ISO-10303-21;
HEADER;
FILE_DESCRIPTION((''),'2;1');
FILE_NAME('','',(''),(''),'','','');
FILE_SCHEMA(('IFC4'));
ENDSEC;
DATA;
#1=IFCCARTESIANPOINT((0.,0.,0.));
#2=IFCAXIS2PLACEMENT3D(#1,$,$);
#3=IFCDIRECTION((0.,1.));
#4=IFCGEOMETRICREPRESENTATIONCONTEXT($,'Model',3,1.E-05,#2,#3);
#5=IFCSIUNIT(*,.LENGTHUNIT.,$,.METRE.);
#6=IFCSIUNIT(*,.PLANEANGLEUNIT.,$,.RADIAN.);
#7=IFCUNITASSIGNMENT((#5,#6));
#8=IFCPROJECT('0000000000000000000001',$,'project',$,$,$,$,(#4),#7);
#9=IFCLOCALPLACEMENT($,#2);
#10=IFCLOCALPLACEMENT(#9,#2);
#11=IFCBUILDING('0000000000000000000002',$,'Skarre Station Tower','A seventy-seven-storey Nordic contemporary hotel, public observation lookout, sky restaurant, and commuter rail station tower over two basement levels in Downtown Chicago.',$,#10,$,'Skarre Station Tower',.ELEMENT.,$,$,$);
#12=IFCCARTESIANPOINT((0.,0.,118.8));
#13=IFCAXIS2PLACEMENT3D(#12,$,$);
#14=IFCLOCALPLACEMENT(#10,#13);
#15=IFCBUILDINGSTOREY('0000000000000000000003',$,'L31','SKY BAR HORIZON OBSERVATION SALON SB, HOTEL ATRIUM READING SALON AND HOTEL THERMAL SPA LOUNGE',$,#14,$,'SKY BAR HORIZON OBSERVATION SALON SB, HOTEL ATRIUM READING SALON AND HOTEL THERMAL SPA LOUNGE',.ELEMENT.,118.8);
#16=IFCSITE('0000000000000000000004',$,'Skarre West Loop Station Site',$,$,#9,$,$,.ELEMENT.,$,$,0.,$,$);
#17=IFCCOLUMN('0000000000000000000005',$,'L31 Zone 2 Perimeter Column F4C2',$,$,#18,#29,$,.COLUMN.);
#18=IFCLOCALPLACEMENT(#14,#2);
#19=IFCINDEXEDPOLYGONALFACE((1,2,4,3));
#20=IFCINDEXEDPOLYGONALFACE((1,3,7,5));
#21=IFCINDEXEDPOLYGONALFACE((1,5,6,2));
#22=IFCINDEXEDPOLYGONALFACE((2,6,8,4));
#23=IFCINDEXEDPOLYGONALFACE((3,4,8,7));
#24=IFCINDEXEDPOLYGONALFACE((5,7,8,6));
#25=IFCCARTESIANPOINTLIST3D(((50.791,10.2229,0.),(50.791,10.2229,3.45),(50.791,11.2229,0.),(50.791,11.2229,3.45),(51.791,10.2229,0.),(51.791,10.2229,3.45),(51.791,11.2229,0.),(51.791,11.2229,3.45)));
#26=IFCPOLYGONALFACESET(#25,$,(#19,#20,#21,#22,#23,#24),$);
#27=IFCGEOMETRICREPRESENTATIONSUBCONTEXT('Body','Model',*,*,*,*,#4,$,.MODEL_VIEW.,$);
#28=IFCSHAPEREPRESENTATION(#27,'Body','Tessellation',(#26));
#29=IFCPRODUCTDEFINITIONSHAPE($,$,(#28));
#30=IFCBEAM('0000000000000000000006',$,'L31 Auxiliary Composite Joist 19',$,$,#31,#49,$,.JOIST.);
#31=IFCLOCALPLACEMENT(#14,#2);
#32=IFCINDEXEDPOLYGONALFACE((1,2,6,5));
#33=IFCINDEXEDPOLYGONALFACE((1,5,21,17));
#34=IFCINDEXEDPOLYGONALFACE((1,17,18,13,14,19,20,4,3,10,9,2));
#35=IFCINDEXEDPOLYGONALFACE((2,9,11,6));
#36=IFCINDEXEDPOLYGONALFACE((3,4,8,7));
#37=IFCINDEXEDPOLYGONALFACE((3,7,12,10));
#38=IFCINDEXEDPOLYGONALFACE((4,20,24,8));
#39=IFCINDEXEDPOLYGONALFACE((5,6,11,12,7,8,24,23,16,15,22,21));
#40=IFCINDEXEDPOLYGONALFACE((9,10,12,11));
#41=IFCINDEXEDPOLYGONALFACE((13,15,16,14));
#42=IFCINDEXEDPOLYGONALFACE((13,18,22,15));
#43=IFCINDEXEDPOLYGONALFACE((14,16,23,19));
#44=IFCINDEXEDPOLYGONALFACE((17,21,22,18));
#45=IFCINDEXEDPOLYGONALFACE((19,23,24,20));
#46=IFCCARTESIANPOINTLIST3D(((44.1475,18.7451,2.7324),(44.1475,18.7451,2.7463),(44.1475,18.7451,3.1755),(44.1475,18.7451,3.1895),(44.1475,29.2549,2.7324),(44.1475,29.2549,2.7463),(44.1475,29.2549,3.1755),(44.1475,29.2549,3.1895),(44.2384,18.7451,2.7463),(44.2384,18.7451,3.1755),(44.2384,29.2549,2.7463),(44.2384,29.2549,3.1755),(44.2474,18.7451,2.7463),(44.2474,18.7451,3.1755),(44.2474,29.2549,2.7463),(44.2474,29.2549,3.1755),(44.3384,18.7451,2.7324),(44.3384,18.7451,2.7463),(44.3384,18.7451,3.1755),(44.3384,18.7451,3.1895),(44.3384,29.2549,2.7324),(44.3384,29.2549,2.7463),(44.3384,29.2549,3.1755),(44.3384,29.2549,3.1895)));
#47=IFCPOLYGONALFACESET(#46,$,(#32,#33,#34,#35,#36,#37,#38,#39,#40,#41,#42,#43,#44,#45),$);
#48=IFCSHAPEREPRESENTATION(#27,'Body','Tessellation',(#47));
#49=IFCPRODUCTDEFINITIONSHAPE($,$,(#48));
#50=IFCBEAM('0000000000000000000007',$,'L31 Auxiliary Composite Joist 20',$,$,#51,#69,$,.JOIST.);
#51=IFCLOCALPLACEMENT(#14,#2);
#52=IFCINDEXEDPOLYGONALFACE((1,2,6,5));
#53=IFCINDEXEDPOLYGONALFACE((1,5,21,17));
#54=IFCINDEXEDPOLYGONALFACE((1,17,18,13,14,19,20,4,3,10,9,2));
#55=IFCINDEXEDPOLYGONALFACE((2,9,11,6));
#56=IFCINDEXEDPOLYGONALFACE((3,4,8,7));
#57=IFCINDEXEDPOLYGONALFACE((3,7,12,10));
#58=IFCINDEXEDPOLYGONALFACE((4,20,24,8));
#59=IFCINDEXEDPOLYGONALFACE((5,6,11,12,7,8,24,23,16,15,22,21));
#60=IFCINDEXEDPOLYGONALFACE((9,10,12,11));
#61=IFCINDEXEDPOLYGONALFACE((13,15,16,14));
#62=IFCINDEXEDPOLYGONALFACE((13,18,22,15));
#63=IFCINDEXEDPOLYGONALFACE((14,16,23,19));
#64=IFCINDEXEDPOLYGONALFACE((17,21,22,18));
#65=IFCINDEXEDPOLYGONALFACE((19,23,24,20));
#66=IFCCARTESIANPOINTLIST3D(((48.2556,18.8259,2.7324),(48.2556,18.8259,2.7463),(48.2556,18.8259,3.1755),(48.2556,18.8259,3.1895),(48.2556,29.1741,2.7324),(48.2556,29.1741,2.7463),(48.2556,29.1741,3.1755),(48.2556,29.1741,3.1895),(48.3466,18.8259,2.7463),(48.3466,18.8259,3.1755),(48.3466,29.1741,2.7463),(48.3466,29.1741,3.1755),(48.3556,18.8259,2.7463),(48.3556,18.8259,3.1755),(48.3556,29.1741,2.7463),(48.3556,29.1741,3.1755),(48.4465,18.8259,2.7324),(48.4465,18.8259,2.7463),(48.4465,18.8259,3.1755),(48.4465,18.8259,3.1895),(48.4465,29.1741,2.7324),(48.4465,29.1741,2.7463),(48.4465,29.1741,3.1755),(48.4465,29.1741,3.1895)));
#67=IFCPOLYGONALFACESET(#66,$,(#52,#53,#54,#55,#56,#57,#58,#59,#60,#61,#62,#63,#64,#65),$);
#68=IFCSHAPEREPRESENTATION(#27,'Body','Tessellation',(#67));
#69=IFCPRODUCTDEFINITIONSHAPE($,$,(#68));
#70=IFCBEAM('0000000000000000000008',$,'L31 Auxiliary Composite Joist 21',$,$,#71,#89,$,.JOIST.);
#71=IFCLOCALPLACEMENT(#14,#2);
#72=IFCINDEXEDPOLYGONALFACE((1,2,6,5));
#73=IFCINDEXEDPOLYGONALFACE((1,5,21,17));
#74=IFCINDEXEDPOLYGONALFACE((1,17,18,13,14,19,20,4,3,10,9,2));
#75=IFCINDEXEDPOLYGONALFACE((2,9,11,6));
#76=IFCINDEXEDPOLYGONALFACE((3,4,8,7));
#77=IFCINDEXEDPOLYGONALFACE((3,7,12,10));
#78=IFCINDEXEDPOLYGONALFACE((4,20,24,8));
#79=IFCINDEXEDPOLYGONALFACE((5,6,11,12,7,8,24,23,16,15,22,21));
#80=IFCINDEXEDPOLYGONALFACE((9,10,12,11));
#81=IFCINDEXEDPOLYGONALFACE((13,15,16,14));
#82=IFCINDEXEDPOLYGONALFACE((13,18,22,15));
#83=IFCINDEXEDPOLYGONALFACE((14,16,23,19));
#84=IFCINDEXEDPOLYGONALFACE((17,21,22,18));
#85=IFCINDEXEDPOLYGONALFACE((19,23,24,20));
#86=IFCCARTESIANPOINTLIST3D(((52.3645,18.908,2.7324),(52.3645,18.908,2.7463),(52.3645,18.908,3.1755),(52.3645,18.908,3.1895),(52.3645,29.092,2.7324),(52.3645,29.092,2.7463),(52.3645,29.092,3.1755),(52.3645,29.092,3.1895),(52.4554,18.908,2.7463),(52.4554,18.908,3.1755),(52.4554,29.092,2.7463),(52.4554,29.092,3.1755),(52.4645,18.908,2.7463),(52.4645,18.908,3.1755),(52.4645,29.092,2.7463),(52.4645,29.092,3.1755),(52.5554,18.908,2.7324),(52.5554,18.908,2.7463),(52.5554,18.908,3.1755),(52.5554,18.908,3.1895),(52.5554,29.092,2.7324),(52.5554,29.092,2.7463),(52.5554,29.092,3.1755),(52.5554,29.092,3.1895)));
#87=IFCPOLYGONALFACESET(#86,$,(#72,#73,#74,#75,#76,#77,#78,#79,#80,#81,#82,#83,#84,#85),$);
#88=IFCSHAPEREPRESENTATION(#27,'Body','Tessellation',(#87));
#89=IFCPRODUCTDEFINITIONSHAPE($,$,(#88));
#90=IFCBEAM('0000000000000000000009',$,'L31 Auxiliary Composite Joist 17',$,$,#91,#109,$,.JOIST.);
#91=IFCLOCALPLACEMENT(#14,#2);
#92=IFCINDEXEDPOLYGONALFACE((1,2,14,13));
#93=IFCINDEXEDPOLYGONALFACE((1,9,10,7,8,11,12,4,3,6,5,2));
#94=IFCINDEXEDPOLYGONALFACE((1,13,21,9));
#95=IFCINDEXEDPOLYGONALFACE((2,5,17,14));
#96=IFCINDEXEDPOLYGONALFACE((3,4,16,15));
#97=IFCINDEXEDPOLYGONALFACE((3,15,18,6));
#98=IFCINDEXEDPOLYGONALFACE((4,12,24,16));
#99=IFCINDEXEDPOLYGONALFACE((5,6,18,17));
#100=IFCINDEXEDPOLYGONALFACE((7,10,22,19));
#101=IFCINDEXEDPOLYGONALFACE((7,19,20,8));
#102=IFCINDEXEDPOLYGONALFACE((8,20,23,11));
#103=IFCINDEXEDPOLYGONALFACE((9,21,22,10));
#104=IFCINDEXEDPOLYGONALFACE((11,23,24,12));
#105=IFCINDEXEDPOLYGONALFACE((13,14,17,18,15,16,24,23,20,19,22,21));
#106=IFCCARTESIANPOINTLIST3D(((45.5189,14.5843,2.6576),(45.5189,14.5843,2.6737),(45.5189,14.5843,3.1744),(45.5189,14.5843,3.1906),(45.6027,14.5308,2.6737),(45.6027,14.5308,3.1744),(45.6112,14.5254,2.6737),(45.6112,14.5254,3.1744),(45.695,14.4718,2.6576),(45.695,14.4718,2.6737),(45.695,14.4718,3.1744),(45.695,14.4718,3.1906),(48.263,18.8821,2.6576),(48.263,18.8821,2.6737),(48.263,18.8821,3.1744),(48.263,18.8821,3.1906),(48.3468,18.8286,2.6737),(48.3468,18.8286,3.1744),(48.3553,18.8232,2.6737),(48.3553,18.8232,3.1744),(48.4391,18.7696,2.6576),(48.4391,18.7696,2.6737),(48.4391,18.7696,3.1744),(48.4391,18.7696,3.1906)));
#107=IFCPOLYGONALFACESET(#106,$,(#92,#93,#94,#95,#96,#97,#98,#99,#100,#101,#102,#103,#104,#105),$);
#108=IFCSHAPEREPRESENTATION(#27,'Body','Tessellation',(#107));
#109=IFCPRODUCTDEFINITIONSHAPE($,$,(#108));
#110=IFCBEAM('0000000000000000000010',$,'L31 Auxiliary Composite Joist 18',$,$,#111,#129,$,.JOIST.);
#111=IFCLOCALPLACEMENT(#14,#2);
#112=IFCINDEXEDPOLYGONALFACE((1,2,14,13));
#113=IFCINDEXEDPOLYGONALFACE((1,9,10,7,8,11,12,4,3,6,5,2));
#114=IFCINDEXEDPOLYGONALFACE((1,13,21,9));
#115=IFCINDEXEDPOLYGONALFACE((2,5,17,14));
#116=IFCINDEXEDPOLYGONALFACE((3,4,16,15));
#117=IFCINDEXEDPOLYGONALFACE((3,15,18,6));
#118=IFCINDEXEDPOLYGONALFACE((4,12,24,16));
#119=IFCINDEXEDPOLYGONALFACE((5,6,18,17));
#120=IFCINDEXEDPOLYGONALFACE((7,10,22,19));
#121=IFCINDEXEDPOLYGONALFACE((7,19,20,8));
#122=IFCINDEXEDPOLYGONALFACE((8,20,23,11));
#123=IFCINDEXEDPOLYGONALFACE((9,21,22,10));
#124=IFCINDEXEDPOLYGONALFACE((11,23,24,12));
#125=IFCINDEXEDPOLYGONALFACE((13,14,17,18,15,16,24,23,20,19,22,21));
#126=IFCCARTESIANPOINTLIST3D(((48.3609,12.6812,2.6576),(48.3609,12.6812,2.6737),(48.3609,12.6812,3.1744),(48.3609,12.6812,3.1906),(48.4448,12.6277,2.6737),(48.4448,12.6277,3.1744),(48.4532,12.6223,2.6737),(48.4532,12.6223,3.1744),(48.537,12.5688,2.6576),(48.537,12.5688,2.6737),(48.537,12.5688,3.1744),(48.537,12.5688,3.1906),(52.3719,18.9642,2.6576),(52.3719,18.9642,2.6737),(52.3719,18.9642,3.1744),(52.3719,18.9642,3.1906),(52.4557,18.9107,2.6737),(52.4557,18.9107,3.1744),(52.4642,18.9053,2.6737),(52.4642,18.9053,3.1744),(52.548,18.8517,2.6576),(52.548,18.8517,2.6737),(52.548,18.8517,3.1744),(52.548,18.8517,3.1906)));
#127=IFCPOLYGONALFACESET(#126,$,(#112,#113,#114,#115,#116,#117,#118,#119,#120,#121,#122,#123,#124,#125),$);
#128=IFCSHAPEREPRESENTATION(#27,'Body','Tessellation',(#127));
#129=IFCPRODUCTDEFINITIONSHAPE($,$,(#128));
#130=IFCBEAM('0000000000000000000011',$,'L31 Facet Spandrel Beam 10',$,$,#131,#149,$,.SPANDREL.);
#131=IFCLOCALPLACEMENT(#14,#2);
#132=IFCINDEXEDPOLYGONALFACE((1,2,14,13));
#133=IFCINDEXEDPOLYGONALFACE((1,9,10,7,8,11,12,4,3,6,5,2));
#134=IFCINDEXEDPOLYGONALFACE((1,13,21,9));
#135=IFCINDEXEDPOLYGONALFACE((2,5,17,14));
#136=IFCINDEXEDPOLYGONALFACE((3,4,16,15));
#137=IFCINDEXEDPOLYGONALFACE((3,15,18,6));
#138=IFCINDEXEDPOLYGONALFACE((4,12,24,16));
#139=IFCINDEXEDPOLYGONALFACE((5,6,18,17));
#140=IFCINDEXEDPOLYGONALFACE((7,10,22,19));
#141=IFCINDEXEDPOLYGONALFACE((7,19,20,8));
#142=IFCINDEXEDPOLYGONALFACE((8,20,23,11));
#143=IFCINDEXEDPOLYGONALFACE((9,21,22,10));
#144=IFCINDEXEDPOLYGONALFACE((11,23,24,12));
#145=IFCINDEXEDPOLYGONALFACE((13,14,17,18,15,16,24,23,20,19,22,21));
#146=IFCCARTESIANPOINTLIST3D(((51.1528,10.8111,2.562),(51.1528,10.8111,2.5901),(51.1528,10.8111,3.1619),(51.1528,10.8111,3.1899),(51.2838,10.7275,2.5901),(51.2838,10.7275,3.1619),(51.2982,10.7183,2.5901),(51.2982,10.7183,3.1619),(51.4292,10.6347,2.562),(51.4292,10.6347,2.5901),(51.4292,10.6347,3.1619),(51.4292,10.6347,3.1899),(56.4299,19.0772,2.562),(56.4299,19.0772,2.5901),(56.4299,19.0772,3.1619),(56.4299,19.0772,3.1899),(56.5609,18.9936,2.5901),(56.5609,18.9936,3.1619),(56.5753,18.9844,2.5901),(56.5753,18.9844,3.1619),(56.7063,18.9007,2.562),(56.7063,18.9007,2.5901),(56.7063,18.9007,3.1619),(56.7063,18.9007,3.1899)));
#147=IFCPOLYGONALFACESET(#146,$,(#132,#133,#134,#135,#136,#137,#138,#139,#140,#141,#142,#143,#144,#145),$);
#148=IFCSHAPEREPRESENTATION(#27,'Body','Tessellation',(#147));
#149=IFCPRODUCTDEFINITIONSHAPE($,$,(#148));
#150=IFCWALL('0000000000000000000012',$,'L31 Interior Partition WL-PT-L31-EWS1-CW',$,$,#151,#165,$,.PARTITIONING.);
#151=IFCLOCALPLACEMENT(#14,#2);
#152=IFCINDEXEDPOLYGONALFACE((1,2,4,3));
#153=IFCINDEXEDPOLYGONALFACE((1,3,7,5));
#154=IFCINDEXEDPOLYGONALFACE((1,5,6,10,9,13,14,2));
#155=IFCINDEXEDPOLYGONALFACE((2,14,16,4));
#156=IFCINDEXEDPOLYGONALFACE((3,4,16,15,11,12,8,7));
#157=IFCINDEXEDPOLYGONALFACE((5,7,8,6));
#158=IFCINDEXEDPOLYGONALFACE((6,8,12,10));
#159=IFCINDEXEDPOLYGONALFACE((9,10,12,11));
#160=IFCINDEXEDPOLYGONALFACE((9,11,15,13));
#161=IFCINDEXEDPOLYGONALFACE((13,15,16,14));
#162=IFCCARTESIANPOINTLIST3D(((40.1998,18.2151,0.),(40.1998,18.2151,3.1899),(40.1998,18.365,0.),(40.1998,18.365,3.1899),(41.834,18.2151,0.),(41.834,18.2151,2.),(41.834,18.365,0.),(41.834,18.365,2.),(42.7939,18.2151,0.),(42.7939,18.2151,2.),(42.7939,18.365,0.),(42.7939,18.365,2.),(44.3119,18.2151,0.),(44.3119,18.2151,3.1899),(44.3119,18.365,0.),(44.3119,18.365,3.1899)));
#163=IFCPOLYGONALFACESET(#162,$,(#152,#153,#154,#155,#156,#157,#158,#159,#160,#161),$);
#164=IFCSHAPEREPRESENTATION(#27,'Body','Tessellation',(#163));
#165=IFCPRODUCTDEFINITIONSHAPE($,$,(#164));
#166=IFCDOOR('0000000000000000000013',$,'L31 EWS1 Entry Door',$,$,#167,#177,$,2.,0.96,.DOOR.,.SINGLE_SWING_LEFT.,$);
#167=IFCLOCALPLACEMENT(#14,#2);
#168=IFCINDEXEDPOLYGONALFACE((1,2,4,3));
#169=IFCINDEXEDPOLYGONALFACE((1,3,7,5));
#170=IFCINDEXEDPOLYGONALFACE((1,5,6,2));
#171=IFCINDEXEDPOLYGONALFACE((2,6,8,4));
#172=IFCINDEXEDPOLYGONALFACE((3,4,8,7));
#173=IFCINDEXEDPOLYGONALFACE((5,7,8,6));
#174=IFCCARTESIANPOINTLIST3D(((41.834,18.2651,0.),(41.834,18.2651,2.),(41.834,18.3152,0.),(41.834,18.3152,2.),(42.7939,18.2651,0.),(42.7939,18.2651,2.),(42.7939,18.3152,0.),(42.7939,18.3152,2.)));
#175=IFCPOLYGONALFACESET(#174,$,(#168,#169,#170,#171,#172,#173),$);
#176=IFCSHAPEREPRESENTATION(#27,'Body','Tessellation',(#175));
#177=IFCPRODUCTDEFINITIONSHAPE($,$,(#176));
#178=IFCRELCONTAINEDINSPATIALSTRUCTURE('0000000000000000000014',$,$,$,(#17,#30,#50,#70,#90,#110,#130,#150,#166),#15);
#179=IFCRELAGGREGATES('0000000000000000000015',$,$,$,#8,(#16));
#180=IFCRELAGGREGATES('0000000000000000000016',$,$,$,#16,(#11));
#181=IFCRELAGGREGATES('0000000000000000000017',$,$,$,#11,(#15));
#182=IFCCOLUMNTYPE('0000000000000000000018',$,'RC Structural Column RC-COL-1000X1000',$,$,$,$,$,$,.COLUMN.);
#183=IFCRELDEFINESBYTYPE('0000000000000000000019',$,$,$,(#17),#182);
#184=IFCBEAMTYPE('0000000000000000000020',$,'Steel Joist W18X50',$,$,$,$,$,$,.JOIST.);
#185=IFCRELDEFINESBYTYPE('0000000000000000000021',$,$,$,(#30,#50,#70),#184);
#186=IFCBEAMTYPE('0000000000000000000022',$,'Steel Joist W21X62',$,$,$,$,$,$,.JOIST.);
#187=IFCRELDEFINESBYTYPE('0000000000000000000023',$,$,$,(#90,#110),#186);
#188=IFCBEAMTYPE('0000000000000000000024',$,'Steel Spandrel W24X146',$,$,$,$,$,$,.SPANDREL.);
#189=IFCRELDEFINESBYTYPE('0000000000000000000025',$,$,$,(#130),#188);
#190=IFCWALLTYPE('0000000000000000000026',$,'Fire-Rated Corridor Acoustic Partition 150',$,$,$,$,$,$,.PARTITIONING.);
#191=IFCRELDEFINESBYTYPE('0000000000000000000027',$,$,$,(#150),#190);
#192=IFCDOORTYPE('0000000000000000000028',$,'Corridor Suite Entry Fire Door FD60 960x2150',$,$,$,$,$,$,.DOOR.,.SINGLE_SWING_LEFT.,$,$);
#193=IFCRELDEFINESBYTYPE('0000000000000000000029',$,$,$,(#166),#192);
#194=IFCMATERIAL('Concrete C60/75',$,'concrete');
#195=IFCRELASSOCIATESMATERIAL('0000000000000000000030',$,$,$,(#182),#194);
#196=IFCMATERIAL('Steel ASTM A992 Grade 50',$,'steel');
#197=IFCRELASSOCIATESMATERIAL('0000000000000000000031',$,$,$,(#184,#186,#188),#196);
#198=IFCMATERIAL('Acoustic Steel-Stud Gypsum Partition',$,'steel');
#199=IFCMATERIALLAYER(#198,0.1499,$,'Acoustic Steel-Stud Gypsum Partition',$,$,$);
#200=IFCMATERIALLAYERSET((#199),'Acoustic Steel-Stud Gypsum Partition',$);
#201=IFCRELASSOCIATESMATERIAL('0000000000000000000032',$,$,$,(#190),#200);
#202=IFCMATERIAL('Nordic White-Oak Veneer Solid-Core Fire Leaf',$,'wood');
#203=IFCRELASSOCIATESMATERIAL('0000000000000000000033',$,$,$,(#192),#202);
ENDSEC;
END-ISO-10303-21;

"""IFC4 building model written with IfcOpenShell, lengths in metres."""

from ifc_helpers import new_model, si_unit, direction, frame, frame_2d, origin, origin_2d, place, context, subcontext, project, spatial, rectangle, i_section, extrude, material, layer, layer_set, material_profile, profile_set, type_object, element, fill, save


model = new_model("IFC4")

# Units and contexts
model_context = context("Model", 3, precision=1e-05, world=origin(), true_north=direction((0.0, 1.0)))
body_context = subcontext(model_context, "Body", "Model", "MODEL_VIEW")
ifc_project = project(units=[si_unit("LENGTHUNIT", "METRE"), si_unit("PLANEANGLEUNIT", "RADIAN")], contexts=[model_context])

# Site, building, storey
site_placement = place(None, origin())
site = spatial("IfcSite", under=ifc_project, at=site_placement, Name="Skarre West Loop Station Site", CompositionType="ELEMENT", RefElevation=0.0)
building_placement = place(site_placement, origin())
building = spatial("IfcBuilding", under=site, at=building_placement, Name="Skarre Station Tower", Description="A seventy-seven-storey Nordic contemporary hotel, public observation lookout, sky restaurant, and commuter rail station tower over two basement levels in Downtown Chicago.", LongName="Skarre Station Tower", CompositionType="ELEMENT")
storey_placement = place(building_placement, frame((0.0, 0.0, 118.8)))
storey = spatial("IfcBuildingStorey", under=building, at=storey_placement, Name="L31", Description="SKY BAR HORIZON OBSERVATION SALON SB, HOTEL ATRIUM READING SALON AND HOTEL THERMAL SPA LOUNGE", LongName="SKY BAR HORIZON OBSERVATION SALON SB, HOTEL ATRIUM READING SALON AND HOTEL THERMAL SPA LOUNGE", CompositionType="ELEMENT", Elevation=118.8)

# Column
ifc_material_1 = material(Name="Concrete C60/75", Category="concrete")
ifc_material_profile_1 = material_profile(ifc_material_1, rectangle(XDim=1.0, YDim=1.0, at=origin_2d()), Name="Concrete C60/75")
ifc_profile_set_1 = profile_set([ifc_material_profile_1], Name="Concrete C60/75")
column_type = type_object("IfcColumnType", Name="RC Structural Column RC-COL-1000X1000", PredefinedType="COLUMN", material=ifc_profile_set_1)
column_placement = place(storey_placement, frame((51.291, 10.7229, 0.0), z_axis=(0.0, 0.0, 1.0), x_axis=(1.0, 0.0, 0.0)))
element("IfcColumn", 1, at=column_placement, inside=storey, type_object=column_type, Name="L31 Zone 2 Perimeter Column F4C2", PredefinedType="COLUMN", context=body_context, shape_type="SweptSolid", body=[
    extrude(rectangle(XDim=1.0, YDim=1.0, at=origin_2d()), origin(), (0.0, 0.0, 1.0), 3.45),
])

# Beams
ifc_material_2 = material(Name="Steel ASTM A992 Grade 50", Category="steel")
ifc_material_profile_2 = material_profile(ifc_material_2, i_section(OverallWidth=0.1909, OverallDepth=0.457, WebThickness=0.009, FlangeThickness=0.0139, at=origin_2d()), Name="Steel ASTM A992 Grade 50")
ifc_profile_set_2 = profile_set([ifc_material_profile_2], Name="Steel ASTM A992 Grade 50")
beam_type_1 = type_object("IfcBeamType", Name="Steel Joist W18X50", PredefinedType="JOIST", material=ifc_profile_set_2)
beam_1_placement = place(storey_placement, frame((44.2429, 18.7451, 2.9609), z_axis=(0.0, 1.0, 0.0), x_axis=(-1.0, 0.0, 0.0)))
element("IfcBeam", 2, at=beam_1_placement, inside=storey, type_object=beam_type_1, Name="L31 Auxiliary Composite Joist 19", PredefinedType="JOIST", context=body_context, shape_type="SweptSolid", body=[
    extrude(i_section(OverallWidth=0.1909, OverallDepth=0.457, WebThickness=0.009, FlangeThickness=0.0139, at=origin_2d()), origin(), (0.0, 0.0, 1.0), 10.5098),
])
beam_2_placement = place(storey_placement, frame((48.3511, 18.8259, 2.9609), z_axis=(0.0, 1.0, 0.0), x_axis=(-1.0, 0.0, 0.0)))
element("IfcBeam", 3, at=beam_2_placement, inside=storey, type_object=beam_type_1, Name="L31 Auxiliary Composite Joist 20", PredefinedType="JOIST", context=body_context, shape_type="SweptSolid", body=[
    extrude(i_section(OverallWidth=0.1909, OverallDepth=0.457, WebThickness=0.009, FlangeThickness=0.0139, at=origin_2d()), origin(), (0.0, 0.0, 1.0), 10.3481),
])
beam_3_placement = place(storey_placement, frame((52.46, 18.908, 2.9609), z_axis=(0.0, 1.0, 0.0), x_axis=(-1.0, 0.0, 0.0)))
element("IfcBeam", 4, at=beam_3_placement, inside=storey, type_object=beam_type_1, Name="L31 Auxiliary Composite Joist 21", PredefinedType="JOIST", context=body_context, shape_type="SweptSolid", body=[
    extrude(i_section(OverallWidth=0.1909, OverallDepth=0.457, WebThickness=0.009, FlangeThickness=0.0139, at=origin_2d()), origin(), (0.0, 0.0, 1.0), 10.1841),
])
ifc_material_profile_3 = material_profile(ifc_material_2, i_section(OverallWidth=0.209, OverallDepth=0.533, WebThickness=0.01, FlangeThickness=0.0161, at=origin_2d()), Name="Steel ASTM A992 Grade 50")
ifc_profile_set_3 = profile_set([ifc_material_profile_3], Name="Steel ASTM A992 Grade 50")
beam_type_2 = type_object("IfcBeamType", Name="Steel Joist W21X62", PredefinedType="JOIST", material=ifc_profile_set_3)
beam_4_placement = place(storey_placement, frame((45.6069, 14.5281, 2.9241), z_axis=(0.538151, 0.842848, 0.0), x_axis=(-0.842848, 0.538151, 0.0)))
element("IfcBeam", 5, at=beam_4_placement, inside=storey, type_object=beam_type_2, Name="L31 Auxiliary Composite Joist 17", PredefinedType="JOIST", context=body_context, shape_type="SweptSolid", body=[
    extrude(i_section(OverallWidth=0.209, OverallDepth=0.533, WebThickness=0.01, FlangeThickness=0.0161, at=origin_2d()), origin(), (0.0, 0.0, 1.0), 5.0991),
])
beam_5_placement = place(storey_placement, frame((48.449, 12.625, 2.9241), z_axis=(0.538091, 0.842886, 0.0), x_axis=(-0.842886, 0.538091, 0.0)))
element("IfcBeam", 6, at=beam_5_placement, inside=storey, type_object=beam_type_2, Name="L31 Auxiliary Composite Joist 18", PredefinedType="JOIST", context=body_context, shape_type="SweptSolid", body=[
    extrude(i_section(OverallWidth=0.209, OverallDepth=0.533, WebThickness=0.01, FlangeThickness=0.0161, at=origin_2d()), origin(), (0.0, 0.0, 1.0), 7.4541),
])
ifc_material_profile_4 = material_profile(ifc_material_2, i_section(OverallWidth=0.3279, OverallDepth=0.6279, WebThickness=0.0171, FlangeThickness=0.0281, at=origin_2d()), Name="Steel ASTM A992 Grade 50")
ifc_profile_set_4 = profile_set([ifc_material_profile_4], Name="Steel ASTM A992 Grade 50")
beam_type_3 = type_object("IfcBeamType", Name="Steel Spandrel W24X146", PredefinedType="SPANDREL", material=ifc_profile_set_4)
beam_6_placement = place(storey_placement, frame((51.291, 10.7229, 2.876), z_axis=(0.538098, 0.842883, 0.0), x_axis=(-0.842883, 0.538098, 0.0)))
element("IfcBeam", 7, at=beam_6_placement, inside=storey, type_object=beam_type_3, Name="L31 Facet Spandrel Beam 10", PredefinedType="SPANDREL", context=body_context, shape_type="SweptSolid", body=[
    extrude(i_section(OverallWidth=0.3279, OverallDepth=0.6279, WebThickness=0.0171, FlangeThickness=0.0281, at=origin_2d()), origin(), (0.0, 0.0, 1.0), 9.8069),
])

# Wall, opening, door
ifc_material_3 = material(Name="Acoustic Steel-Stud Gypsum Partition", Category="steel")
ifc_layer_1 = layer(ifc_material_3, 0.1499, Name="Acoustic Steel-Stud Gypsum Partition")
ifc_layer_set_1 = layer_set([ifc_layer_1], Name="Acoustic Steel-Stud Gypsum Partition")
wall_type_1 = type_object("IfcWallType", Name="Fire-Rated Corridor Acoustic Partition 150", PredefinedType="PARTITIONING", material=ifc_layer_set_1)
wall_1_placement = place(storey_placement, frame((44.312, 18.29, 0.0), z_axis=(0.0, 0.0, 1.0), x_axis=(-1.0, 0.0, 0.0)))
wall_1 = element("IfcWall", 8, at=wall_1_placement, inside=storey, type_object=wall_type_1, Name="L31 Interior Partition WL-PT-L31-EWS1-CW", PredefinedType="PARTITIONING", context=body_context, shape_type="SweptSolid", body=[
    extrude(rectangle(XDim=4.1121, YDim=0.1499, at=frame_2d((2.0562, 0.0))), origin(), (0.0, 0.0, 1.0), 3.1899),
])
opening_1_placement = place(wall_1_placement, frame((1.5181, 0.0, 0.0)))
opening_1 = element("IfcOpeningElement", 9, at=opening_1_placement, cuts=wall_1, PredefinedType="OPENING", context=body_context, shape_type="SweptSolid", body=[
    extrude(rectangle(XDim=0.96, YDim=2.0, at=frame_2d((0.48, 1.0))), frame((0.0, 0.085, 0.0), z_axis=(0.0, -1.0, 0.0), x_axis=(1.0, 0.0, 0.0)), (0.0, 0.0, 1.0), 0.1699),
])
ifc_material_4 = material(Name="Nordic White-Oak Veneer Solid-Core Fire Leaf", Category="wood")
door_type = type_object("IfcDoorType", Name="Corridor Suite Entry Fire Door FD60 960x2150", OperationType="SINGLE_SWING_LEFT", PredefinedType="DOOR", material=ifc_material_4)
door_1_placement = place(opening_1_placement, origin())
door_1 = element("IfcDoor", 10, at=door_1_placement, inside=storey, type_object=door_type, Name="L31 EWS1 Entry Door", OperationType="SINGLE_SWING_LEFT", OverallHeight=2.0, OverallWidth=0.96, PredefinedType="DOOR", context=body_context, shape_type="SweptSolid", body=[
    extrude(rectangle(XDim=0.96, YDim=2.0, at=frame_2d((0.48, 1.0))), frame((0.0, 0.0249, 0.0), z_axis=(0.0, -1.0, 0.0), x_axis=(1.0, 0.0, 0.0)), (0.0, 0.0, 1.0), 0.05),
])
fill(opening_1, door_1)

save(model, "model.ifc")
